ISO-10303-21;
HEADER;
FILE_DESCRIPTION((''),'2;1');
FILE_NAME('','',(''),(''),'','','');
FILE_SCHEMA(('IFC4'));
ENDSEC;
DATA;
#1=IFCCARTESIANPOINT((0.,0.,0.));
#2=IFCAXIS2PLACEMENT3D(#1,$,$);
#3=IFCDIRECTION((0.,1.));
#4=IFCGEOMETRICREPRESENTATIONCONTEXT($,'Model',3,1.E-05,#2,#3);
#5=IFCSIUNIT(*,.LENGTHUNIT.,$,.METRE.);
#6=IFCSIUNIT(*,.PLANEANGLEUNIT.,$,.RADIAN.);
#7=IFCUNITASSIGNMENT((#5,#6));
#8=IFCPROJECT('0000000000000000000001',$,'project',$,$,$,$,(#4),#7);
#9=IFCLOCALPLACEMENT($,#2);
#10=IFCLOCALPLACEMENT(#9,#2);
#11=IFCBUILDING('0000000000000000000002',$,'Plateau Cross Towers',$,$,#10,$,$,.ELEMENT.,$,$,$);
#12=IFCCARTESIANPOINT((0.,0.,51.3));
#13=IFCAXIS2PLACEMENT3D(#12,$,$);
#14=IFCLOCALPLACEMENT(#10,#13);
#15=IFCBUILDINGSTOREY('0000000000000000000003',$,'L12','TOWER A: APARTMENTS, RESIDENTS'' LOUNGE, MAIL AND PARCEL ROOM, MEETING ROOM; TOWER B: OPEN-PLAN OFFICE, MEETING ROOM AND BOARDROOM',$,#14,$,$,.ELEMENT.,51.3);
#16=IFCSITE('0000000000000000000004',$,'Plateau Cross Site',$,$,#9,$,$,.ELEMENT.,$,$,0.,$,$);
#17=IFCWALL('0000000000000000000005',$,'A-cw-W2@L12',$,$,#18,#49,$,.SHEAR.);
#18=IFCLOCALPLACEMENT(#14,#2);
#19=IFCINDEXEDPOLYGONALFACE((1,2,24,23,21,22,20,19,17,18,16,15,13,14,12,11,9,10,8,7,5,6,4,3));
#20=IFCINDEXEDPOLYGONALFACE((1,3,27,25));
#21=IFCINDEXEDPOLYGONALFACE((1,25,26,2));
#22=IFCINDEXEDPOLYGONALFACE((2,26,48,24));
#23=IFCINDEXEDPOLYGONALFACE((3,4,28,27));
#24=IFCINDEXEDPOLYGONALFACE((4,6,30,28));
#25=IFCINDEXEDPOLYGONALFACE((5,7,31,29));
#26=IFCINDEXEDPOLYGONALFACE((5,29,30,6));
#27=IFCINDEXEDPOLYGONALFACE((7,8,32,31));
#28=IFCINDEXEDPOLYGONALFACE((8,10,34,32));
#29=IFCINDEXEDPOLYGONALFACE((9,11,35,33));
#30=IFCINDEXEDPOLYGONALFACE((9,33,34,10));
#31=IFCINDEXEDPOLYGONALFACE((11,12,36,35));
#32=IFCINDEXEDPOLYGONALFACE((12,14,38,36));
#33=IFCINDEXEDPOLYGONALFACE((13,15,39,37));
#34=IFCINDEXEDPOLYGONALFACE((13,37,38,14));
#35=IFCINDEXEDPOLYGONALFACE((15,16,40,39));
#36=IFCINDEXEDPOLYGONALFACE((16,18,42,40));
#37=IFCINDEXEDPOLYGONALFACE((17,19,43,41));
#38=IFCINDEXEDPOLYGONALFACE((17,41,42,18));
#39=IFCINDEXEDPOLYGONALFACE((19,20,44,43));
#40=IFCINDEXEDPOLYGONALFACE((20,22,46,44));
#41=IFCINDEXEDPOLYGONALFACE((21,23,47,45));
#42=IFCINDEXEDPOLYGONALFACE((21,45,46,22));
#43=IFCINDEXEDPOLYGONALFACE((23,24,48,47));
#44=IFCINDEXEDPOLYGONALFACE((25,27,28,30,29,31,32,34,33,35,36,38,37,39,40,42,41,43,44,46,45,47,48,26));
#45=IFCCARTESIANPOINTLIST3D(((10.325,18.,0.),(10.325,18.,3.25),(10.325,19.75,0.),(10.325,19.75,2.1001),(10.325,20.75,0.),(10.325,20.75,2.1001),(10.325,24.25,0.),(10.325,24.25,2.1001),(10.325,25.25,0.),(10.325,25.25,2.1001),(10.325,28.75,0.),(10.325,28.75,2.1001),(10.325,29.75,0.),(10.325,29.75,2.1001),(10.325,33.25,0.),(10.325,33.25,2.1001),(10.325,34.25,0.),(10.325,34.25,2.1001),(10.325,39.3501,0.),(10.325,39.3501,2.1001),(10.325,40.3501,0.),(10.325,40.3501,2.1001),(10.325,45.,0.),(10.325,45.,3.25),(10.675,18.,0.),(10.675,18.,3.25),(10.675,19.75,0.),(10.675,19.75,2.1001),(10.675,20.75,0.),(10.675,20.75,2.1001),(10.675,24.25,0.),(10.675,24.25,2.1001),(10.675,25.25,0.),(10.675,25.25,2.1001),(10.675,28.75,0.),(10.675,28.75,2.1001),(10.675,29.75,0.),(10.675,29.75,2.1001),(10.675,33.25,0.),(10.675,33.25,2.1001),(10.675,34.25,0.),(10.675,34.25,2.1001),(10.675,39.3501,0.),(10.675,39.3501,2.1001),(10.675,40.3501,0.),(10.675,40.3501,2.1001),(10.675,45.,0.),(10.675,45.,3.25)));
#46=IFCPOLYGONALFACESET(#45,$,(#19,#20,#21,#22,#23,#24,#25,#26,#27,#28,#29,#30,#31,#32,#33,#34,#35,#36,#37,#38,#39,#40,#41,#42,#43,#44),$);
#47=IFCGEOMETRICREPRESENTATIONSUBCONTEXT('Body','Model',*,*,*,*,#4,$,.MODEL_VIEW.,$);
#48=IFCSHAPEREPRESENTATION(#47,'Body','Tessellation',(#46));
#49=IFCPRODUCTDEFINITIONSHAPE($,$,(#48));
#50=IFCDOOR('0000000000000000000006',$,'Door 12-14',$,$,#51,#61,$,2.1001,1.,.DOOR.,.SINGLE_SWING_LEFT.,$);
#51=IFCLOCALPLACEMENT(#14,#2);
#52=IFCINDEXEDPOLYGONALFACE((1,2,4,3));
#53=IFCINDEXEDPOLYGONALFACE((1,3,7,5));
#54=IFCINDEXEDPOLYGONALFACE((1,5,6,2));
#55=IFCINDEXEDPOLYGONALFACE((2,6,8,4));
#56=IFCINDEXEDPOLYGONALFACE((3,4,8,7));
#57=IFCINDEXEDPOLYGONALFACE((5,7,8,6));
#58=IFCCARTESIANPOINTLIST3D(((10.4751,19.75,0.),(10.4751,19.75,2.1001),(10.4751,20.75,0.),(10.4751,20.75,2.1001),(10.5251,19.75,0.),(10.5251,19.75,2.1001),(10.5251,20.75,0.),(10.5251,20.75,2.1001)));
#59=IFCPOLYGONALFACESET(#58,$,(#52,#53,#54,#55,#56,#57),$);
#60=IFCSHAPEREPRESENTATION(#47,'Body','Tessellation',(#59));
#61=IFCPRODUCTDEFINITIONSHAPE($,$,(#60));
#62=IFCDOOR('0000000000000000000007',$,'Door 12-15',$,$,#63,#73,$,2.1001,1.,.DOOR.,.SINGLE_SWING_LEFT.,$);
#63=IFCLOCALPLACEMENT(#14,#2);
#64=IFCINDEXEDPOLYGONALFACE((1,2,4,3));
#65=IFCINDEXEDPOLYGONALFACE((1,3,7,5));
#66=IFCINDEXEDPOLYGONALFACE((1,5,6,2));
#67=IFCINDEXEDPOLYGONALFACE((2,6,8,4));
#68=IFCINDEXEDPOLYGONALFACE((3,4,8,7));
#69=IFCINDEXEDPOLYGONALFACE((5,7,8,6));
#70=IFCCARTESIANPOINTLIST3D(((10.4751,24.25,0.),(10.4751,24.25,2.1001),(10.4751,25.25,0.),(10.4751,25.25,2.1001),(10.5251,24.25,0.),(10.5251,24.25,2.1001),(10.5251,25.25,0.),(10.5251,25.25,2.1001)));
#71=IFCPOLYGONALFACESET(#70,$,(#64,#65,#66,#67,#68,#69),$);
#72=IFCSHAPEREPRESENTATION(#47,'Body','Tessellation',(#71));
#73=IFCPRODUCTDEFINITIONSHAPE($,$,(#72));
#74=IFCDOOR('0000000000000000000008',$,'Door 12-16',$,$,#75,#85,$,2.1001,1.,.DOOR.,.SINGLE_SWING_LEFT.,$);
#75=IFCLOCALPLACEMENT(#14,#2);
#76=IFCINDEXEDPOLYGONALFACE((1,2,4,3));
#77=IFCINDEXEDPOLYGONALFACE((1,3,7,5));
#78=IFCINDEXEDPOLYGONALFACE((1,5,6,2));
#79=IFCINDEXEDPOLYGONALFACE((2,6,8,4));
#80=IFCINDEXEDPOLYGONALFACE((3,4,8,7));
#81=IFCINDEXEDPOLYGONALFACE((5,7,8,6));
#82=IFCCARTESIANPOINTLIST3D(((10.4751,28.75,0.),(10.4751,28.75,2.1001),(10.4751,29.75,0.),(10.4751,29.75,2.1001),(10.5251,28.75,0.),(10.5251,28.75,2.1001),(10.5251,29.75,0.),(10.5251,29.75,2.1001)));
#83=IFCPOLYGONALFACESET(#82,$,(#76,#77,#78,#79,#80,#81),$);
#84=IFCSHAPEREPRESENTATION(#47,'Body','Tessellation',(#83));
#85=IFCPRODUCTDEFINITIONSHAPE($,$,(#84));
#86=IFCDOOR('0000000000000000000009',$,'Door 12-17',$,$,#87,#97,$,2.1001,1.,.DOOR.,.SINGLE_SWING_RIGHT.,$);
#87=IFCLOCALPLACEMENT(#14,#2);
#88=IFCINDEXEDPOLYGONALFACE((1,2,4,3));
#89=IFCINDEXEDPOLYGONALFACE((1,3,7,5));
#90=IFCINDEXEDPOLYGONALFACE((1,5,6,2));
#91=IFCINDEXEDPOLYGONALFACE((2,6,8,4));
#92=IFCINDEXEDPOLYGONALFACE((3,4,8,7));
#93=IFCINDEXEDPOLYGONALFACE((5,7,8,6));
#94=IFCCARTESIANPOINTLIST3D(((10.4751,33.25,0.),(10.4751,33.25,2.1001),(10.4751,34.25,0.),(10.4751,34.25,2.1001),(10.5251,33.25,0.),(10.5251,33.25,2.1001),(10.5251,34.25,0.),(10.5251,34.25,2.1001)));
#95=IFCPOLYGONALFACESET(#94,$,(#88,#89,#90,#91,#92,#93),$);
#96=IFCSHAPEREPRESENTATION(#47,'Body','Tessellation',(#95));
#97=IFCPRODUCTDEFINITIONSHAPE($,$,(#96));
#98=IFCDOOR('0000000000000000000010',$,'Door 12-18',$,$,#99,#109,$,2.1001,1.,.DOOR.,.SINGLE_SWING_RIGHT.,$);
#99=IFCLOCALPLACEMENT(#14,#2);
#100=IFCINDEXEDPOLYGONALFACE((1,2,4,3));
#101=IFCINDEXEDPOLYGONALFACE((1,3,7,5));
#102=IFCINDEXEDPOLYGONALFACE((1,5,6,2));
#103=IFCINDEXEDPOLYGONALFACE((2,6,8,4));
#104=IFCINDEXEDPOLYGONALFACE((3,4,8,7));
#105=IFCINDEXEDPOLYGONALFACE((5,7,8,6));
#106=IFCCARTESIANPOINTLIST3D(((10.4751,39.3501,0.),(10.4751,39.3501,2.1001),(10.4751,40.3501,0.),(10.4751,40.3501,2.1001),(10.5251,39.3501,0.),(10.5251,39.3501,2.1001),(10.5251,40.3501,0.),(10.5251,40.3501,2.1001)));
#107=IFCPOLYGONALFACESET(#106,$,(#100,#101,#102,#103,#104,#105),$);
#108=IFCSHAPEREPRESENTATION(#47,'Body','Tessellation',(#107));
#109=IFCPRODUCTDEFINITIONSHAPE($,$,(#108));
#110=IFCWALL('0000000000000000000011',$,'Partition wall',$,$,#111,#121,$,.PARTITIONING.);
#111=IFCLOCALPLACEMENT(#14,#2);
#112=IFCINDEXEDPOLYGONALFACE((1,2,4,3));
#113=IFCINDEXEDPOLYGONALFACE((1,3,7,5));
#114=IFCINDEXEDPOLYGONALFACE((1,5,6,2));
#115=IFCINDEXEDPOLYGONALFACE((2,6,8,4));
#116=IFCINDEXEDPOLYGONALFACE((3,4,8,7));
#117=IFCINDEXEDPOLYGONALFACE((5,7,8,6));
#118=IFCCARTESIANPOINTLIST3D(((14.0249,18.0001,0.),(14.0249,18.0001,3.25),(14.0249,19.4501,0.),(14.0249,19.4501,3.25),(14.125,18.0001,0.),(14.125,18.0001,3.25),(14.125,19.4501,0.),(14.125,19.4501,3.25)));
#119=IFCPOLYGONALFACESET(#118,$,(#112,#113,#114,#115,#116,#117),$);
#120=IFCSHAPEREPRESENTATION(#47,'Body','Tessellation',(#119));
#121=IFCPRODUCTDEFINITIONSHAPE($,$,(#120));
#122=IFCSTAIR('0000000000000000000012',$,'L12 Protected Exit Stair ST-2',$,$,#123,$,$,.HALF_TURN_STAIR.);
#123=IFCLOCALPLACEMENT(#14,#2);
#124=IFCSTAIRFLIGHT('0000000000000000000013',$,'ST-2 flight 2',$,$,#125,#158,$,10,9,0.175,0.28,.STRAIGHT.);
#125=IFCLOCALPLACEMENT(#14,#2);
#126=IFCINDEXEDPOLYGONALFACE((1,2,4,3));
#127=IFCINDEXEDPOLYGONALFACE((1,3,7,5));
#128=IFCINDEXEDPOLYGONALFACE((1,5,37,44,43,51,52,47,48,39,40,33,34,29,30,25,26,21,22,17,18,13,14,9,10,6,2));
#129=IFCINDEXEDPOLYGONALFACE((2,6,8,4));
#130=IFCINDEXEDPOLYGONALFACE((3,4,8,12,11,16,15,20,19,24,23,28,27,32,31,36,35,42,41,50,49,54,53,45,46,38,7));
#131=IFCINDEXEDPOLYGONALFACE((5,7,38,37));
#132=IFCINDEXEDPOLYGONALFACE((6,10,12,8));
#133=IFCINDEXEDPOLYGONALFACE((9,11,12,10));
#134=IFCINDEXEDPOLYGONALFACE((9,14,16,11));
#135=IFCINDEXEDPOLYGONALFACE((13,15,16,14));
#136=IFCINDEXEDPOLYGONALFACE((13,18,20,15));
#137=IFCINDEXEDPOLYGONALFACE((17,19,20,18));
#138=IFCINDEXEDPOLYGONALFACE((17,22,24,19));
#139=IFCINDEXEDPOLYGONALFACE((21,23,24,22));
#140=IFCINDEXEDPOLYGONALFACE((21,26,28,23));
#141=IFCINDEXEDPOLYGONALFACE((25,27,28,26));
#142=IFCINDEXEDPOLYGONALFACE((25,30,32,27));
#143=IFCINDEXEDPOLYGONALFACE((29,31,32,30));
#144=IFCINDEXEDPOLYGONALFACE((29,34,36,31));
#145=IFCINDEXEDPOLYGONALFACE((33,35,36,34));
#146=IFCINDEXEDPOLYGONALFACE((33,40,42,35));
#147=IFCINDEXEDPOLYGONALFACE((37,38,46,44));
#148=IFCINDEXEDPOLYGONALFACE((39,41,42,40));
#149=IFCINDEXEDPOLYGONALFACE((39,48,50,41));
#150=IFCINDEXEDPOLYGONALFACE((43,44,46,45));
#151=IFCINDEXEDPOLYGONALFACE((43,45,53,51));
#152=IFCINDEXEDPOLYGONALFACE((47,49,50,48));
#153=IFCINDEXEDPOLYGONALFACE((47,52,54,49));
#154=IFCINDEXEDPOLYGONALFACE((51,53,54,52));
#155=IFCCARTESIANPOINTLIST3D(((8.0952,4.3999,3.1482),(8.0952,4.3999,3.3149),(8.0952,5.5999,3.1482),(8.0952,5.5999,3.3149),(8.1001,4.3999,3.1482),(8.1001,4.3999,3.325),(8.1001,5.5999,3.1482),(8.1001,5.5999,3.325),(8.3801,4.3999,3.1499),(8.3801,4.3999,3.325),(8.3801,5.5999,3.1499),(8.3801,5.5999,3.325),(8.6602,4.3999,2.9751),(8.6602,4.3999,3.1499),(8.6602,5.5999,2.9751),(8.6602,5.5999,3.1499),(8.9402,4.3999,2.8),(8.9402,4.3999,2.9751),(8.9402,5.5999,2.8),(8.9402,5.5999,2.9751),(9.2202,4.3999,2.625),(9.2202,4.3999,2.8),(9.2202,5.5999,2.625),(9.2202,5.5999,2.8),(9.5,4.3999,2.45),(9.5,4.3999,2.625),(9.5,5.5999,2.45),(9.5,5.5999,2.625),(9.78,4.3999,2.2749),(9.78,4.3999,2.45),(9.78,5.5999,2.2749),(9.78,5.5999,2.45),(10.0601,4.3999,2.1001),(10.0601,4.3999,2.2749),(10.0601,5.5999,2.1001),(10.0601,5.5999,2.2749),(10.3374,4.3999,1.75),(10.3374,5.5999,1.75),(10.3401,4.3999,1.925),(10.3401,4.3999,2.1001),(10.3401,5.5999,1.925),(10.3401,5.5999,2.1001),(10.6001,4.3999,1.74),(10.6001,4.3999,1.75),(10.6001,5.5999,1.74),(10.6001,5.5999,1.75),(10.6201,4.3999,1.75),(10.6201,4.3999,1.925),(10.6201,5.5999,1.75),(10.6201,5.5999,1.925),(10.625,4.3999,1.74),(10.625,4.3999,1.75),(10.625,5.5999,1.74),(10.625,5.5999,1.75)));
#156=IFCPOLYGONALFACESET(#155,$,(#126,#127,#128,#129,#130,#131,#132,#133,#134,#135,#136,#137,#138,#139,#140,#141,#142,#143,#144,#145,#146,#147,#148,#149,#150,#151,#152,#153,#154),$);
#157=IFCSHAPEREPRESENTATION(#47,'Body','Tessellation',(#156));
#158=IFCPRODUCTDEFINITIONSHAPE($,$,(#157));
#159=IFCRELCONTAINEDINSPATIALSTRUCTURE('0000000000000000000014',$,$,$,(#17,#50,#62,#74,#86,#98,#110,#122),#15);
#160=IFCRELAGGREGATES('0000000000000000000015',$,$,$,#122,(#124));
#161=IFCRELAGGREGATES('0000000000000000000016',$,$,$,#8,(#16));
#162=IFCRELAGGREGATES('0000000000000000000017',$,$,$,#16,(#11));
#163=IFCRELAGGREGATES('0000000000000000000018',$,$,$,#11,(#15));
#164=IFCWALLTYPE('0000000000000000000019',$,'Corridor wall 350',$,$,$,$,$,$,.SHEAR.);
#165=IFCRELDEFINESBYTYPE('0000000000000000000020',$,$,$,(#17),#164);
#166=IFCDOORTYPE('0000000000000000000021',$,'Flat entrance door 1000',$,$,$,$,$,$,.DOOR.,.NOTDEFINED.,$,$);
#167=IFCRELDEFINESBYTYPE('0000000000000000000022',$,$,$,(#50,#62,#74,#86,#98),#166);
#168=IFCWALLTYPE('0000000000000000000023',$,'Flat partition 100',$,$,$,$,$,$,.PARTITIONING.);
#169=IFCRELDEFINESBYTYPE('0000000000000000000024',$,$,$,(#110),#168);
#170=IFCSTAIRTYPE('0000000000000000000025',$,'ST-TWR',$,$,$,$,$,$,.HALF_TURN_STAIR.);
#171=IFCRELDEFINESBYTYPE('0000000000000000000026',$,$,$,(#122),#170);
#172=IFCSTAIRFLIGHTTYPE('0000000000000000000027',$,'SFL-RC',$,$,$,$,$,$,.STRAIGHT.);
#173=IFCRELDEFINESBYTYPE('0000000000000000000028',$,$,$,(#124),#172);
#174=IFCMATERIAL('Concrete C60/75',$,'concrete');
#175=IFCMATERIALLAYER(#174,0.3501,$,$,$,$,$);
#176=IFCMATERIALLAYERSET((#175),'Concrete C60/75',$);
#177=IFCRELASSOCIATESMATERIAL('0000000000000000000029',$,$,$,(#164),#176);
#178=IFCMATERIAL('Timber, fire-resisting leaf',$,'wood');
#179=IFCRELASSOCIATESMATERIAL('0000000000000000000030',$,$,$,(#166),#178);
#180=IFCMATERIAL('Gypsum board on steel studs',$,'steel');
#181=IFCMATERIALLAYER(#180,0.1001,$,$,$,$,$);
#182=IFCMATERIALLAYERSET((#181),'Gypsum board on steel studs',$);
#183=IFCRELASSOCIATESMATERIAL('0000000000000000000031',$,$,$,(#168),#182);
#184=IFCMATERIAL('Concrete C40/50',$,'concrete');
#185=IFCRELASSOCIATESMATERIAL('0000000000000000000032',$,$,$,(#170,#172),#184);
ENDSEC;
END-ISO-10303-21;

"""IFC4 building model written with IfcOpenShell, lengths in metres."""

from ifc_helpers import new_model, si_unit, direction, frame, frame_2d, origin, place, context, subcontext, project, spatial, polyline, rectangle, outline, extrude, material, layer, layer_set, type_object, element, fill, aggregate, save


model = new_model("IFC4")

# Units and contexts
model_context = context("Model", 3, precision=1e-05, world=origin(), true_north=direction((0.0, 1.0)))
body_context = subcontext(model_context, "Body", "Model", "MODEL_VIEW")
ifc_project = project(units=[si_unit("LENGTHUNIT", "METRE"), si_unit("PLANEANGLEUNIT", "RADIAN")], contexts=[model_context])

# Site, building, storey
site_placement = place(None, origin())
site = spatial("IfcSite", under=ifc_project, at=site_placement, Name="Plateau Cross Site", CompositionType="ELEMENT", RefElevation=0.0)
building_placement = place(site_placement, origin())
building = spatial("IfcBuilding", under=site, at=building_placement, Name="Plateau Cross Towers", CompositionType="ELEMENT")
storey_placement = place(building_placement, frame((0.0, 0.0, 51.3)))
storey = spatial("IfcBuildingStorey", under=building, at=storey_placement, Name="L12", Description="TOWER A: APARTMENTS, RESIDENTS' LOUNGE, MAIL AND PARCEL ROOM, MEETING ROOM; TOWER B: OPEN-PLAN OFFICE, MEETING ROOM AND BOARDROOM", CompositionType="ELEMENT", Elevation=51.3)

# Shared definitions
ifc_material_1 = material(Name="Concrete C60/75", Category="concrete")

# Shared definitions
ifc_material_2 = material(Name="Timber, fire-resisting leaf", Category="wood")

# Wall, openings, doors
ifc_layer_1 = layer(ifc_material_1, 0.3501)
ifc_layer_set_1 = layer_set([ifc_layer_1], Name="Concrete C60/75")
wall_type_1 = type_object("IfcWallType", Name="Corridor wall 350", PredefinedType="SHEAR", material=ifc_layer_set_1)
wall_1_placement = place(storey_placement, frame((10.5, 18.0, 0.0), z_axis=(0.0, 0.0, 1.0), x_axis=(0.0, 1.0, 0.0)))
wall_1 = element("IfcWall", 1, at=wall_1_placement, inside=storey, type_object=wall_type_1, Name="A-cw-W2@L12", PredefinedType="SHEAR", context=body_context, shape_type="SweptSolid", body=[
    extrude(rectangle(XDim=27.0, YDim=0.3501, at=frame_2d((13.5, 0.0))), origin(), (0.0, 0.0, 1.0), 3.25),
])
opening_1_placement = place(wall_1_placement, frame((1.75, 0.0, 0.0)))
opening_1 = element("IfcOpeningElement", 2, at=opening_1_placement, cuts=wall_1, PredefinedType="OPENING", context=body_context, shape_type="SweptSolid", body=[
    extrude(rectangle(XDim=1.0, YDim=2.1001, at=frame_2d((0.5, 1.05))), frame((0.0, 0.1851, 0.0), z_axis=(0.0, -1.0, 0.0), x_axis=(1.0, 0.0, 0.0)), (0.0, 0.0, 1.0), 0.3701),
])
opening_2_placement = place(wall_1_placement, frame((6.25, 0.0, 0.0)))
opening_2 = element("IfcOpeningElement", 3, at=opening_2_placement, cuts=wall_1, PredefinedType="OPENING", context=body_context, shape_type="SweptSolid", body=[
    extrude(rectangle(XDim=1.0, YDim=2.1001, at=frame_2d((0.5, 1.05))), frame((0.0, 0.1851, 0.0), z_axis=(0.0, -1.0, 0.0), x_axis=(1.0, 0.0, 0.0)), (0.0, 0.0, 1.0), 0.3701),
])
opening_3_placement = place(wall_1_placement, frame((10.75, 0.0, 0.0)))
opening_3 = element("IfcOpeningElement", 4, at=opening_3_placement, cuts=wall_1, PredefinedType="OPENING", context=body_context, shape_type="SweptSolid", body=[
    extrude(rectangle(XDim=1.0, YDim=2.1001, at=frame_2d((0.5, 1.05))), frame((0.0, 0.1851, 0.0), z_axis=(0.0, -1.0, 0.0), x_axis=(1.0, 0.0, 0.0)), (0.0, 0.0, 1.0), 0.3701),
])
opening_4_placement = place(wall_1_placement, frame((15.25, 0.0, 0.0)))
opening_4 = element("IfcOpeningElement", 5, at=opening_4_placement, cuts=wall_1, PredefinedType="OPENING", context=body_context, shape_type="SweptSolid", body=[
    extrude(rectangle(XDim=1.0, YDim=2.1001, at=frame_2d((0.5, 1.05))), frame((0.0, 0.1851, 0.0), z_axis=(0.0, -1.0, 0.0), x_axis=(1.0, 0.0, 0.0)), (0.0, 0.0, 1.0), 0.3701),
])
opening_5_placement = place(wall_1_placement, frame((21.3501, 0.0, 0.0)))
opening_5 = element("IfcOpeningElement", 6, at=opening_5_placement, cuts=wall_1, PredefinedType="OPENING", context=body_context, shape_type="SweptSolid", body=[
    extrude(rectangle(XDim=1.0, YDim=2.1001, at=frame_2d((0.5, 1.05))), frame((0.0, 0.1851, 0.0), z_axis=(0.0, -1.0, 0.0), x_axis=(1.0, 0.0, 0.0)), (0.0, 0.0, 1.0), 0.3701),
])
door_type_1 = type_object("IfcDoorType", Name="Flat entrance door 1000", OperationType="NOTDEFINED", PredefinedType="DOOR", material=ifc_material_2)
door_1_placement = place(opening_1_placement, origin())
door_1 = element("IfcDoor", 7, at=door_1_placement, inside=storey, type_object=door_type_1, Name="Door 12-14", OperationType="SINGLE_SWING_LEFT", OverallHeight=2.1001, OverallWidth=1.0, PredefinedType="DOOR", context=body_context, shape_type="SweptSolid", body=[
    extrude(rectangle(XDim=1.0, YDim=2.1001, at=frame_2d((0.5, 1.05))), frame((0.0, 0.0249, 0.0), z_axis=(0.0, -1.0, 0.0), x_axis=(1.0, 0.0, 0.0)), (0.0, 0.0, 1.0), 0.05),
])
fill(opening_1, door_1)
door_2_placement = place(opening_2_placement, origin())
door_2 = element("IfcDoor", 8, at=door_2_placement, inside=storey, type_object=door_type_1, Name="Door 12-15", OperationType="SINGLE_SWING_LEFT", OverallHeight=2.1001, OverallWidth=1.0, PredefinedType="DOOR", context=body_context, shape_type="SweptSolid", body=[
    extrude(rectangle(XDim=1.0, YDim=2.1001, at=frame_2d((0.5, 1.05))), frame((0.0, 0.0249, 0.0), z_axis=(0.0, -1.0, 0.0), x_axis=(1.0, 0.0, 0.0)), (0.0, 0.0, 1.0), 0.05),
])
fill(opening_2, door_2)
door_3_placement = place(opening_3_placement, origin())
door_3 = element("IfcDoor", 9, at=door_3_placement, inside=storey, type_object=door_type_1, Name="Door 12-16", OperationType="SINGLE_SWING_LEFT", OverallHeight=2.1001, OverallWidth=1.0, PredefinedType="DOOR", context=body_context, shape_type="SweptSolid", body=[
    extrude(rectangle(XDim=1.0, YDim=2.1001, at=frame_2d((0.5, 1.05))), frame((0.0, 0.0249, 0.0), z_axis=(0.0, -1.0, 0.0), x_axis=(1.0, 0.0, 0.0)), (0.0, 0.0, 1.0), 0.05),
])
fill(opening_3, door_3)
door_4_placement = place(opening_4_placement, origin())
door_4 = element("IfcDoor", 10, at=door_4_placement, inside=storey, type_object=door_type_1, Name="Door 12-17", OperationType="SINGLE_SWING_RIGHT", OverallHeight=2.1001, OverallWidth=1.0, PredefinedType="DOOR", context=body_context, shape_type="SweptSolid", body=[
    extrude(rectangle(XDim=1.0, YDim=2.1001, at=frame_2d((0.5, 1.05))), frame((0.0, 0.0249, 0.0), z_axis=(0.0, -1.0, 0.0), x_axis=(1.0, 0.0, 0.0)), (0.0, 0.0, 1.0), 0.05),
])
fill(opening_4, door_4)
door_5_placement = place(opening_5_placement, origin())
door_5 = element("IfcDoor", 11, at=door_5_placement, inside=storey, type_object=door_type_1, Name="Door 12-18", OperationType="SINGLE_SWING_RIGHT", OverallHeight=2.1001, OverallWidth=1.0, PredefinedType="DOOR", context=body_context, shape_type="SweptSolid", body=[
    extrude(rectangle(XDim=1.0, YDim=2.1001, at=frame_2d((0.5, 1.05))), frame((0.0, 0.0249, 0.0), z_axis=(0.0, -1.0, 0.0), x_axis=(1.0, 0.0, 0.0)), (0.0, 0.0, 1.0), 0.05),
])
fill(opening_5, door_5)

# Wall
ifc_material_3 = material(Name="Gypsum board on steel studs", Category="steel")
ifc_layer_2 = layer(ifc_material_3, 0.1001)
ifc_layer_set_2 = layer_set([ifc_layer_2], Name="Gypsum board on steel studs")
wall_type_2 = type_object("IfcWallType", Name="Flat partition 100", PredefinedType="PARTITIONING", material=ifc_layer_set_2)
wall_2_placement = place(storey_placement, frame((14.075, 18.0, 0.0), z_axis=(0.0, 0.0, 1.0), x_axis=(0.0, 1.0, 0.0)))
element("IfcWall", 12, at=wall_2_placement, inside=storey, type_object=wall_type_2, Name="Partition wall", PredefinedType="PARTITIONING", context=body_context, shape_type="SweptSolid", body=[
    extrude(rectangle(XDim=1.45, YDim=0.1001, at=frame_2d((0.7251, 0.0))), origin(), (0.0, 0.0, 1.0), 3.25),
])

# Stair, stair flight
ifc_material_4 = material(Name="Concrete C40/50", Category="concrete")
stair_type = type_object("IfcStairType", Name="ST-TWR", PredefinedType="HALF_TURN_STAIR", material=ifc_material_4)
stair_placement = place(storey_placement, origin())
stair = element("IfcStair", 13, at=stair_placement, inside=storey, type_object=stair_type, Name="L12 Protected Exit Stair ST-2", PredefinedType="HALF_TURN_STAIR")
stair_flight_type = type_object("IfcStairFlightType", Name="SFL-RC", PredefinedType="STRAIGHT", material=ifc_material_4)
stair_flight_placement = place(storey_placement, frame((10.6201, 5.0, 1.75), z_axis=(0.0, 0.0, 1.0), x_axis=(-1.0, 0.0, 0.0)))
stair_flight = element("IfcStairFlight", 14, at=stair_flight_placement, type_object=stair_flight_type, Name="ST-2 flight 2", NumberOfRisers=10, NumberOfTreads=9, PredefinedType="STRAIGHT", RiserHeight=0.175, TreadLength=0.28, context=body_context, shape_type="SweptSolid", body=[
    extrude(outline(polyline([(-0.0049, -0.01), (-0.0049, 0.0), (0.0, 0.0), (0.0, 0.175), (0.28, 0.175), (0.28, 0.3501), (0.5601, 0.3501), (0.5601, 0.5249), (0.8401, 0.5249), (0.8401, 0.7), (1.1201, 0.7), (1.1201, 0.875), (1.3999, 0.875), (1.3999, 1.05), (1.6799, 1.05), (1.6799, 1.2251), (1.96, 1.2251), (1.96, 1.3999), (2.24, 1.3999), (2.24, 1.575), (2.52, 1.575), (2.5249, 1.5649), (2.5249, 1.3982), (2.52, 1.3982), (0.2827, 0.0), (0.02, 0.0), (0.02, -0.01), (-0.0049, -0.01)])), frame((0.0, 0.6001, 0.0), z_axis=(0.0, -1.0, 0.0), x_axis=(1.0, 0.0, 0.0)), (0.0, 0.0, 1.0), 1.2),
])
aggregate(stair, [stair_flight])

save(model, "model.ifc")
